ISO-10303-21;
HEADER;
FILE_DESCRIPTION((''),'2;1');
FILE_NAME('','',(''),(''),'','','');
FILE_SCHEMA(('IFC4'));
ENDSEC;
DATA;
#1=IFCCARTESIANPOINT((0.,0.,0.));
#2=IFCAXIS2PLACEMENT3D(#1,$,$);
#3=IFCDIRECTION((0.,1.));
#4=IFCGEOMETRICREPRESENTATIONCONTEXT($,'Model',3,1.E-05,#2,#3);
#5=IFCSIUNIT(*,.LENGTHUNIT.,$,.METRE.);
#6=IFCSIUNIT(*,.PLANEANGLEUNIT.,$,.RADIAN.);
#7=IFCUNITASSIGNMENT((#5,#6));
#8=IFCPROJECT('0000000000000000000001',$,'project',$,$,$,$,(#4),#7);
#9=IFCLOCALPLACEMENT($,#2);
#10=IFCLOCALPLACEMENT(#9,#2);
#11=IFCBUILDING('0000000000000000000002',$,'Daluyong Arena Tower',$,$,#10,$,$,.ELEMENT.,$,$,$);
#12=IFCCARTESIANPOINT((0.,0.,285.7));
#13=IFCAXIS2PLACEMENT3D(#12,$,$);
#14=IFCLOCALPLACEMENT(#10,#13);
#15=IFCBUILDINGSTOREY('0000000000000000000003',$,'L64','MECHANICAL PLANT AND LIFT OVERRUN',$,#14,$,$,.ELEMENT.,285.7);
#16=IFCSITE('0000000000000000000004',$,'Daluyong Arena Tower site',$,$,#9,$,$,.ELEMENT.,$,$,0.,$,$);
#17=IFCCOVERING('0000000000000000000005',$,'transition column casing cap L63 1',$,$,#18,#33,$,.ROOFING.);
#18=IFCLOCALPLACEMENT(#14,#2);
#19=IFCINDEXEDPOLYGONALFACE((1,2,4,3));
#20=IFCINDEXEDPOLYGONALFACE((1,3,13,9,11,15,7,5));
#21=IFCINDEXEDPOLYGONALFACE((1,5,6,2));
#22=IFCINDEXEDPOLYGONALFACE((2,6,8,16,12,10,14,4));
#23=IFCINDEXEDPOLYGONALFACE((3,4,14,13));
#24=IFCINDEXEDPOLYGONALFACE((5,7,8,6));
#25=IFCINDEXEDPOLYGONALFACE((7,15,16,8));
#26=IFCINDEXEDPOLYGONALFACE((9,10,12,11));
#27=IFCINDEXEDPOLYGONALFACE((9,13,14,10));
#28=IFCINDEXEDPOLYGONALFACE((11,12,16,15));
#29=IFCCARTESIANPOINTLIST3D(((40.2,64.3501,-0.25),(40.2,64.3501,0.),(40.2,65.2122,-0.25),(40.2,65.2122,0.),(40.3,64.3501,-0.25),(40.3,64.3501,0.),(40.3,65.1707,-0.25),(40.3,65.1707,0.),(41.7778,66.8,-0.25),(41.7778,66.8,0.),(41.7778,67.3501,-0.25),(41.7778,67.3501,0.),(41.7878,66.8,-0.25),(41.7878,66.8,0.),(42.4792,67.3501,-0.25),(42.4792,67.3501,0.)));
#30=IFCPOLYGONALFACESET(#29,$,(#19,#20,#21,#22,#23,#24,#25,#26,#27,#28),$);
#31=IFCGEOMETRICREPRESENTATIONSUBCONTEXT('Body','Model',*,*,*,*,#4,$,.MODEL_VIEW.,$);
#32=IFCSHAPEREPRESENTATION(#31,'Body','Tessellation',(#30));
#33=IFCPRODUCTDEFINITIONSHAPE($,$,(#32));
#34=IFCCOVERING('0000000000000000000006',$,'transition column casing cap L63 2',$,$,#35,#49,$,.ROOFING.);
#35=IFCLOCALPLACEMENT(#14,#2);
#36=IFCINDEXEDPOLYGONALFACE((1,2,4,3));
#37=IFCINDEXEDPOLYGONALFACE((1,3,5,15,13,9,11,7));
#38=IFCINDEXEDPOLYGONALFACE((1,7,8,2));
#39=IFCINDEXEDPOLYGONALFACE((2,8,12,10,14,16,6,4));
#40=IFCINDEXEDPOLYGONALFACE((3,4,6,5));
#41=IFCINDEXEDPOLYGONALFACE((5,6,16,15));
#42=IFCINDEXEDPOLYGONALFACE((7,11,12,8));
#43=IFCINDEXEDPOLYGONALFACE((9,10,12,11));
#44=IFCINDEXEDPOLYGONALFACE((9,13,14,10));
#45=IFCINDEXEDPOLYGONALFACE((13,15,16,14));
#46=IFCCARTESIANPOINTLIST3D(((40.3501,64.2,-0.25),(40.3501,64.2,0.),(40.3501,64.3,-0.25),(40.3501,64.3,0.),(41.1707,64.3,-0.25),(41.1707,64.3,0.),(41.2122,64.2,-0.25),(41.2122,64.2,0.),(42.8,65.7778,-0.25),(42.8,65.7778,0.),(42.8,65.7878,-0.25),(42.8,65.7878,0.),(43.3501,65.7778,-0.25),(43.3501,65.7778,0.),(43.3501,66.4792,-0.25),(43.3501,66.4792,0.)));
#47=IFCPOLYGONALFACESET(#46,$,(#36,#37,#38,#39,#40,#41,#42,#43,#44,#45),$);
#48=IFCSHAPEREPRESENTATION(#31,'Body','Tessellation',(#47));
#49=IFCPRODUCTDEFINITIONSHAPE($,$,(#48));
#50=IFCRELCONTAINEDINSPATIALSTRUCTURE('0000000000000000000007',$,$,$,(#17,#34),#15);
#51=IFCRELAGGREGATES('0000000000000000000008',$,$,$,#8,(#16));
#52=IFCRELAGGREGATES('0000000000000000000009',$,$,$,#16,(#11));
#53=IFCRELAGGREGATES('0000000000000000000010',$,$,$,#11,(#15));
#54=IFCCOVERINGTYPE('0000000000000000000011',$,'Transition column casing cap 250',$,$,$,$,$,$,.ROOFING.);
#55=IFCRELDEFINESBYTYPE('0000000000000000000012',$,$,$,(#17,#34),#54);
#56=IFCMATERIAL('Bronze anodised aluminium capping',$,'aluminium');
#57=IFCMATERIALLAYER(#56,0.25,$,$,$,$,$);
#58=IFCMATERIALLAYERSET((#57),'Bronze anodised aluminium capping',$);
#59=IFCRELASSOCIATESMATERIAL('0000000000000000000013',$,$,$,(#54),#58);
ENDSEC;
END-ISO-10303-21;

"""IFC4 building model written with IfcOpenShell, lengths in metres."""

from ifc_helpers import new_model, si_unit, direction, frame, origin, place, context, subcontext, project, spatial, polyline, outline, extrude, material, layer, layer_set, type_object, element, save


model = new_model("IFC4")

# Units and contexts
model_context = context("Model", 3, precision=1e-05, world=origin(), true_north=direction((0.0, 1.0)))
body_context = subcontext(model_context, "Body", "Model", "MODEL_VIEW")
ifc_project = project(units=[si_unit("LENGTHUNIT", "METRE"), si_unit("PLANEANGLEUNIT", "RADIAN")], contexts=[model_context])

# Site, building, storey
site_placement = place(None, origin())
site = spatial("IfcSite", under=ifc_project, at=site_placement, Name="Daluyong Arena Tower site", CompositionType="ELEMENT", RefElevation=0.0)
building_placement = place(site_placement, origin())
building = spatial("IfcBuilding", under=site, at=building_placement, Name="Daluyong Arena Tower", CompositionType="ELEMENT")
storey_placement = place(building_placement, frame((0.0, 0.0, 285.7)))
storey = spatial("IfcBuildingStorey", under=building, at=storey_placement, Name="L64", Description="MECHANICAL PLANT AND LIFT OVERRUN", CompositionType="ELEMENT", Elevation=285.7)

# Coverings
ifc_material_1 = material(Name="Bronze anodised aluminium capping", Category="aluminium")
ifc_layer_1 = layer(ifc_material_1, 0.25)
ifc_layer_set_1 = layer_set([ifc_layer_1], Name="Bronze anodised aluminium capping")
covering_type = type_object("IfcCoveringType", Name="Transition column casing cap 250", PredefinedType="ROOFING", material=ifc_layer_set_1)
covering_1_placement = place(storey_placement, frame((0.0, 0.0, -0.25)))
element("IfcCovering", 1, at=covering_1_placement, inside=storey, type_object=covering_type, Name="transition column casing cap L63 1", PredefinedType="ROOFING", context=body_context, shape_type="SweptSolid", body=[
    extrude(outline(polyline([(41.7778, 67.3501), (42.4792, 67.3501), (40.3, 65.1707), (40.3, 64.3501), (40.2, 64.3501), (40.2, 65.2122), (41.7878, 66.8), (41.7778, 66.8), (41.7778, 67.3501)])), origin(), (0.0, 0.0, 1.0), 0.25),
])
covering_2_placement = place(storey_placement, frame((0.0, 0.0, -0.25)))
element("IfcCovering", 2, at=covering_2_placement, inside=storey, type_object=covering_type, Name="transition column casing cap L63 2", PredefinedType="ROOFING", context=body_context, shape_type="SweptSolid", body=[
    extrude(outline(polyline([(43.3501, 66.4792), (43.3501, 65.7778), (42.8, 65.7778), (42.8, 65.7878), (41.2122, 64.2), (40.3501, 64.2), (40.3501, 64.3), (41.1707, 64.3), (43.3501, 66.4792)])), origin(), (0.0, 0.0, 1.0), 0.25),
])

save(model, "model.ifc")
